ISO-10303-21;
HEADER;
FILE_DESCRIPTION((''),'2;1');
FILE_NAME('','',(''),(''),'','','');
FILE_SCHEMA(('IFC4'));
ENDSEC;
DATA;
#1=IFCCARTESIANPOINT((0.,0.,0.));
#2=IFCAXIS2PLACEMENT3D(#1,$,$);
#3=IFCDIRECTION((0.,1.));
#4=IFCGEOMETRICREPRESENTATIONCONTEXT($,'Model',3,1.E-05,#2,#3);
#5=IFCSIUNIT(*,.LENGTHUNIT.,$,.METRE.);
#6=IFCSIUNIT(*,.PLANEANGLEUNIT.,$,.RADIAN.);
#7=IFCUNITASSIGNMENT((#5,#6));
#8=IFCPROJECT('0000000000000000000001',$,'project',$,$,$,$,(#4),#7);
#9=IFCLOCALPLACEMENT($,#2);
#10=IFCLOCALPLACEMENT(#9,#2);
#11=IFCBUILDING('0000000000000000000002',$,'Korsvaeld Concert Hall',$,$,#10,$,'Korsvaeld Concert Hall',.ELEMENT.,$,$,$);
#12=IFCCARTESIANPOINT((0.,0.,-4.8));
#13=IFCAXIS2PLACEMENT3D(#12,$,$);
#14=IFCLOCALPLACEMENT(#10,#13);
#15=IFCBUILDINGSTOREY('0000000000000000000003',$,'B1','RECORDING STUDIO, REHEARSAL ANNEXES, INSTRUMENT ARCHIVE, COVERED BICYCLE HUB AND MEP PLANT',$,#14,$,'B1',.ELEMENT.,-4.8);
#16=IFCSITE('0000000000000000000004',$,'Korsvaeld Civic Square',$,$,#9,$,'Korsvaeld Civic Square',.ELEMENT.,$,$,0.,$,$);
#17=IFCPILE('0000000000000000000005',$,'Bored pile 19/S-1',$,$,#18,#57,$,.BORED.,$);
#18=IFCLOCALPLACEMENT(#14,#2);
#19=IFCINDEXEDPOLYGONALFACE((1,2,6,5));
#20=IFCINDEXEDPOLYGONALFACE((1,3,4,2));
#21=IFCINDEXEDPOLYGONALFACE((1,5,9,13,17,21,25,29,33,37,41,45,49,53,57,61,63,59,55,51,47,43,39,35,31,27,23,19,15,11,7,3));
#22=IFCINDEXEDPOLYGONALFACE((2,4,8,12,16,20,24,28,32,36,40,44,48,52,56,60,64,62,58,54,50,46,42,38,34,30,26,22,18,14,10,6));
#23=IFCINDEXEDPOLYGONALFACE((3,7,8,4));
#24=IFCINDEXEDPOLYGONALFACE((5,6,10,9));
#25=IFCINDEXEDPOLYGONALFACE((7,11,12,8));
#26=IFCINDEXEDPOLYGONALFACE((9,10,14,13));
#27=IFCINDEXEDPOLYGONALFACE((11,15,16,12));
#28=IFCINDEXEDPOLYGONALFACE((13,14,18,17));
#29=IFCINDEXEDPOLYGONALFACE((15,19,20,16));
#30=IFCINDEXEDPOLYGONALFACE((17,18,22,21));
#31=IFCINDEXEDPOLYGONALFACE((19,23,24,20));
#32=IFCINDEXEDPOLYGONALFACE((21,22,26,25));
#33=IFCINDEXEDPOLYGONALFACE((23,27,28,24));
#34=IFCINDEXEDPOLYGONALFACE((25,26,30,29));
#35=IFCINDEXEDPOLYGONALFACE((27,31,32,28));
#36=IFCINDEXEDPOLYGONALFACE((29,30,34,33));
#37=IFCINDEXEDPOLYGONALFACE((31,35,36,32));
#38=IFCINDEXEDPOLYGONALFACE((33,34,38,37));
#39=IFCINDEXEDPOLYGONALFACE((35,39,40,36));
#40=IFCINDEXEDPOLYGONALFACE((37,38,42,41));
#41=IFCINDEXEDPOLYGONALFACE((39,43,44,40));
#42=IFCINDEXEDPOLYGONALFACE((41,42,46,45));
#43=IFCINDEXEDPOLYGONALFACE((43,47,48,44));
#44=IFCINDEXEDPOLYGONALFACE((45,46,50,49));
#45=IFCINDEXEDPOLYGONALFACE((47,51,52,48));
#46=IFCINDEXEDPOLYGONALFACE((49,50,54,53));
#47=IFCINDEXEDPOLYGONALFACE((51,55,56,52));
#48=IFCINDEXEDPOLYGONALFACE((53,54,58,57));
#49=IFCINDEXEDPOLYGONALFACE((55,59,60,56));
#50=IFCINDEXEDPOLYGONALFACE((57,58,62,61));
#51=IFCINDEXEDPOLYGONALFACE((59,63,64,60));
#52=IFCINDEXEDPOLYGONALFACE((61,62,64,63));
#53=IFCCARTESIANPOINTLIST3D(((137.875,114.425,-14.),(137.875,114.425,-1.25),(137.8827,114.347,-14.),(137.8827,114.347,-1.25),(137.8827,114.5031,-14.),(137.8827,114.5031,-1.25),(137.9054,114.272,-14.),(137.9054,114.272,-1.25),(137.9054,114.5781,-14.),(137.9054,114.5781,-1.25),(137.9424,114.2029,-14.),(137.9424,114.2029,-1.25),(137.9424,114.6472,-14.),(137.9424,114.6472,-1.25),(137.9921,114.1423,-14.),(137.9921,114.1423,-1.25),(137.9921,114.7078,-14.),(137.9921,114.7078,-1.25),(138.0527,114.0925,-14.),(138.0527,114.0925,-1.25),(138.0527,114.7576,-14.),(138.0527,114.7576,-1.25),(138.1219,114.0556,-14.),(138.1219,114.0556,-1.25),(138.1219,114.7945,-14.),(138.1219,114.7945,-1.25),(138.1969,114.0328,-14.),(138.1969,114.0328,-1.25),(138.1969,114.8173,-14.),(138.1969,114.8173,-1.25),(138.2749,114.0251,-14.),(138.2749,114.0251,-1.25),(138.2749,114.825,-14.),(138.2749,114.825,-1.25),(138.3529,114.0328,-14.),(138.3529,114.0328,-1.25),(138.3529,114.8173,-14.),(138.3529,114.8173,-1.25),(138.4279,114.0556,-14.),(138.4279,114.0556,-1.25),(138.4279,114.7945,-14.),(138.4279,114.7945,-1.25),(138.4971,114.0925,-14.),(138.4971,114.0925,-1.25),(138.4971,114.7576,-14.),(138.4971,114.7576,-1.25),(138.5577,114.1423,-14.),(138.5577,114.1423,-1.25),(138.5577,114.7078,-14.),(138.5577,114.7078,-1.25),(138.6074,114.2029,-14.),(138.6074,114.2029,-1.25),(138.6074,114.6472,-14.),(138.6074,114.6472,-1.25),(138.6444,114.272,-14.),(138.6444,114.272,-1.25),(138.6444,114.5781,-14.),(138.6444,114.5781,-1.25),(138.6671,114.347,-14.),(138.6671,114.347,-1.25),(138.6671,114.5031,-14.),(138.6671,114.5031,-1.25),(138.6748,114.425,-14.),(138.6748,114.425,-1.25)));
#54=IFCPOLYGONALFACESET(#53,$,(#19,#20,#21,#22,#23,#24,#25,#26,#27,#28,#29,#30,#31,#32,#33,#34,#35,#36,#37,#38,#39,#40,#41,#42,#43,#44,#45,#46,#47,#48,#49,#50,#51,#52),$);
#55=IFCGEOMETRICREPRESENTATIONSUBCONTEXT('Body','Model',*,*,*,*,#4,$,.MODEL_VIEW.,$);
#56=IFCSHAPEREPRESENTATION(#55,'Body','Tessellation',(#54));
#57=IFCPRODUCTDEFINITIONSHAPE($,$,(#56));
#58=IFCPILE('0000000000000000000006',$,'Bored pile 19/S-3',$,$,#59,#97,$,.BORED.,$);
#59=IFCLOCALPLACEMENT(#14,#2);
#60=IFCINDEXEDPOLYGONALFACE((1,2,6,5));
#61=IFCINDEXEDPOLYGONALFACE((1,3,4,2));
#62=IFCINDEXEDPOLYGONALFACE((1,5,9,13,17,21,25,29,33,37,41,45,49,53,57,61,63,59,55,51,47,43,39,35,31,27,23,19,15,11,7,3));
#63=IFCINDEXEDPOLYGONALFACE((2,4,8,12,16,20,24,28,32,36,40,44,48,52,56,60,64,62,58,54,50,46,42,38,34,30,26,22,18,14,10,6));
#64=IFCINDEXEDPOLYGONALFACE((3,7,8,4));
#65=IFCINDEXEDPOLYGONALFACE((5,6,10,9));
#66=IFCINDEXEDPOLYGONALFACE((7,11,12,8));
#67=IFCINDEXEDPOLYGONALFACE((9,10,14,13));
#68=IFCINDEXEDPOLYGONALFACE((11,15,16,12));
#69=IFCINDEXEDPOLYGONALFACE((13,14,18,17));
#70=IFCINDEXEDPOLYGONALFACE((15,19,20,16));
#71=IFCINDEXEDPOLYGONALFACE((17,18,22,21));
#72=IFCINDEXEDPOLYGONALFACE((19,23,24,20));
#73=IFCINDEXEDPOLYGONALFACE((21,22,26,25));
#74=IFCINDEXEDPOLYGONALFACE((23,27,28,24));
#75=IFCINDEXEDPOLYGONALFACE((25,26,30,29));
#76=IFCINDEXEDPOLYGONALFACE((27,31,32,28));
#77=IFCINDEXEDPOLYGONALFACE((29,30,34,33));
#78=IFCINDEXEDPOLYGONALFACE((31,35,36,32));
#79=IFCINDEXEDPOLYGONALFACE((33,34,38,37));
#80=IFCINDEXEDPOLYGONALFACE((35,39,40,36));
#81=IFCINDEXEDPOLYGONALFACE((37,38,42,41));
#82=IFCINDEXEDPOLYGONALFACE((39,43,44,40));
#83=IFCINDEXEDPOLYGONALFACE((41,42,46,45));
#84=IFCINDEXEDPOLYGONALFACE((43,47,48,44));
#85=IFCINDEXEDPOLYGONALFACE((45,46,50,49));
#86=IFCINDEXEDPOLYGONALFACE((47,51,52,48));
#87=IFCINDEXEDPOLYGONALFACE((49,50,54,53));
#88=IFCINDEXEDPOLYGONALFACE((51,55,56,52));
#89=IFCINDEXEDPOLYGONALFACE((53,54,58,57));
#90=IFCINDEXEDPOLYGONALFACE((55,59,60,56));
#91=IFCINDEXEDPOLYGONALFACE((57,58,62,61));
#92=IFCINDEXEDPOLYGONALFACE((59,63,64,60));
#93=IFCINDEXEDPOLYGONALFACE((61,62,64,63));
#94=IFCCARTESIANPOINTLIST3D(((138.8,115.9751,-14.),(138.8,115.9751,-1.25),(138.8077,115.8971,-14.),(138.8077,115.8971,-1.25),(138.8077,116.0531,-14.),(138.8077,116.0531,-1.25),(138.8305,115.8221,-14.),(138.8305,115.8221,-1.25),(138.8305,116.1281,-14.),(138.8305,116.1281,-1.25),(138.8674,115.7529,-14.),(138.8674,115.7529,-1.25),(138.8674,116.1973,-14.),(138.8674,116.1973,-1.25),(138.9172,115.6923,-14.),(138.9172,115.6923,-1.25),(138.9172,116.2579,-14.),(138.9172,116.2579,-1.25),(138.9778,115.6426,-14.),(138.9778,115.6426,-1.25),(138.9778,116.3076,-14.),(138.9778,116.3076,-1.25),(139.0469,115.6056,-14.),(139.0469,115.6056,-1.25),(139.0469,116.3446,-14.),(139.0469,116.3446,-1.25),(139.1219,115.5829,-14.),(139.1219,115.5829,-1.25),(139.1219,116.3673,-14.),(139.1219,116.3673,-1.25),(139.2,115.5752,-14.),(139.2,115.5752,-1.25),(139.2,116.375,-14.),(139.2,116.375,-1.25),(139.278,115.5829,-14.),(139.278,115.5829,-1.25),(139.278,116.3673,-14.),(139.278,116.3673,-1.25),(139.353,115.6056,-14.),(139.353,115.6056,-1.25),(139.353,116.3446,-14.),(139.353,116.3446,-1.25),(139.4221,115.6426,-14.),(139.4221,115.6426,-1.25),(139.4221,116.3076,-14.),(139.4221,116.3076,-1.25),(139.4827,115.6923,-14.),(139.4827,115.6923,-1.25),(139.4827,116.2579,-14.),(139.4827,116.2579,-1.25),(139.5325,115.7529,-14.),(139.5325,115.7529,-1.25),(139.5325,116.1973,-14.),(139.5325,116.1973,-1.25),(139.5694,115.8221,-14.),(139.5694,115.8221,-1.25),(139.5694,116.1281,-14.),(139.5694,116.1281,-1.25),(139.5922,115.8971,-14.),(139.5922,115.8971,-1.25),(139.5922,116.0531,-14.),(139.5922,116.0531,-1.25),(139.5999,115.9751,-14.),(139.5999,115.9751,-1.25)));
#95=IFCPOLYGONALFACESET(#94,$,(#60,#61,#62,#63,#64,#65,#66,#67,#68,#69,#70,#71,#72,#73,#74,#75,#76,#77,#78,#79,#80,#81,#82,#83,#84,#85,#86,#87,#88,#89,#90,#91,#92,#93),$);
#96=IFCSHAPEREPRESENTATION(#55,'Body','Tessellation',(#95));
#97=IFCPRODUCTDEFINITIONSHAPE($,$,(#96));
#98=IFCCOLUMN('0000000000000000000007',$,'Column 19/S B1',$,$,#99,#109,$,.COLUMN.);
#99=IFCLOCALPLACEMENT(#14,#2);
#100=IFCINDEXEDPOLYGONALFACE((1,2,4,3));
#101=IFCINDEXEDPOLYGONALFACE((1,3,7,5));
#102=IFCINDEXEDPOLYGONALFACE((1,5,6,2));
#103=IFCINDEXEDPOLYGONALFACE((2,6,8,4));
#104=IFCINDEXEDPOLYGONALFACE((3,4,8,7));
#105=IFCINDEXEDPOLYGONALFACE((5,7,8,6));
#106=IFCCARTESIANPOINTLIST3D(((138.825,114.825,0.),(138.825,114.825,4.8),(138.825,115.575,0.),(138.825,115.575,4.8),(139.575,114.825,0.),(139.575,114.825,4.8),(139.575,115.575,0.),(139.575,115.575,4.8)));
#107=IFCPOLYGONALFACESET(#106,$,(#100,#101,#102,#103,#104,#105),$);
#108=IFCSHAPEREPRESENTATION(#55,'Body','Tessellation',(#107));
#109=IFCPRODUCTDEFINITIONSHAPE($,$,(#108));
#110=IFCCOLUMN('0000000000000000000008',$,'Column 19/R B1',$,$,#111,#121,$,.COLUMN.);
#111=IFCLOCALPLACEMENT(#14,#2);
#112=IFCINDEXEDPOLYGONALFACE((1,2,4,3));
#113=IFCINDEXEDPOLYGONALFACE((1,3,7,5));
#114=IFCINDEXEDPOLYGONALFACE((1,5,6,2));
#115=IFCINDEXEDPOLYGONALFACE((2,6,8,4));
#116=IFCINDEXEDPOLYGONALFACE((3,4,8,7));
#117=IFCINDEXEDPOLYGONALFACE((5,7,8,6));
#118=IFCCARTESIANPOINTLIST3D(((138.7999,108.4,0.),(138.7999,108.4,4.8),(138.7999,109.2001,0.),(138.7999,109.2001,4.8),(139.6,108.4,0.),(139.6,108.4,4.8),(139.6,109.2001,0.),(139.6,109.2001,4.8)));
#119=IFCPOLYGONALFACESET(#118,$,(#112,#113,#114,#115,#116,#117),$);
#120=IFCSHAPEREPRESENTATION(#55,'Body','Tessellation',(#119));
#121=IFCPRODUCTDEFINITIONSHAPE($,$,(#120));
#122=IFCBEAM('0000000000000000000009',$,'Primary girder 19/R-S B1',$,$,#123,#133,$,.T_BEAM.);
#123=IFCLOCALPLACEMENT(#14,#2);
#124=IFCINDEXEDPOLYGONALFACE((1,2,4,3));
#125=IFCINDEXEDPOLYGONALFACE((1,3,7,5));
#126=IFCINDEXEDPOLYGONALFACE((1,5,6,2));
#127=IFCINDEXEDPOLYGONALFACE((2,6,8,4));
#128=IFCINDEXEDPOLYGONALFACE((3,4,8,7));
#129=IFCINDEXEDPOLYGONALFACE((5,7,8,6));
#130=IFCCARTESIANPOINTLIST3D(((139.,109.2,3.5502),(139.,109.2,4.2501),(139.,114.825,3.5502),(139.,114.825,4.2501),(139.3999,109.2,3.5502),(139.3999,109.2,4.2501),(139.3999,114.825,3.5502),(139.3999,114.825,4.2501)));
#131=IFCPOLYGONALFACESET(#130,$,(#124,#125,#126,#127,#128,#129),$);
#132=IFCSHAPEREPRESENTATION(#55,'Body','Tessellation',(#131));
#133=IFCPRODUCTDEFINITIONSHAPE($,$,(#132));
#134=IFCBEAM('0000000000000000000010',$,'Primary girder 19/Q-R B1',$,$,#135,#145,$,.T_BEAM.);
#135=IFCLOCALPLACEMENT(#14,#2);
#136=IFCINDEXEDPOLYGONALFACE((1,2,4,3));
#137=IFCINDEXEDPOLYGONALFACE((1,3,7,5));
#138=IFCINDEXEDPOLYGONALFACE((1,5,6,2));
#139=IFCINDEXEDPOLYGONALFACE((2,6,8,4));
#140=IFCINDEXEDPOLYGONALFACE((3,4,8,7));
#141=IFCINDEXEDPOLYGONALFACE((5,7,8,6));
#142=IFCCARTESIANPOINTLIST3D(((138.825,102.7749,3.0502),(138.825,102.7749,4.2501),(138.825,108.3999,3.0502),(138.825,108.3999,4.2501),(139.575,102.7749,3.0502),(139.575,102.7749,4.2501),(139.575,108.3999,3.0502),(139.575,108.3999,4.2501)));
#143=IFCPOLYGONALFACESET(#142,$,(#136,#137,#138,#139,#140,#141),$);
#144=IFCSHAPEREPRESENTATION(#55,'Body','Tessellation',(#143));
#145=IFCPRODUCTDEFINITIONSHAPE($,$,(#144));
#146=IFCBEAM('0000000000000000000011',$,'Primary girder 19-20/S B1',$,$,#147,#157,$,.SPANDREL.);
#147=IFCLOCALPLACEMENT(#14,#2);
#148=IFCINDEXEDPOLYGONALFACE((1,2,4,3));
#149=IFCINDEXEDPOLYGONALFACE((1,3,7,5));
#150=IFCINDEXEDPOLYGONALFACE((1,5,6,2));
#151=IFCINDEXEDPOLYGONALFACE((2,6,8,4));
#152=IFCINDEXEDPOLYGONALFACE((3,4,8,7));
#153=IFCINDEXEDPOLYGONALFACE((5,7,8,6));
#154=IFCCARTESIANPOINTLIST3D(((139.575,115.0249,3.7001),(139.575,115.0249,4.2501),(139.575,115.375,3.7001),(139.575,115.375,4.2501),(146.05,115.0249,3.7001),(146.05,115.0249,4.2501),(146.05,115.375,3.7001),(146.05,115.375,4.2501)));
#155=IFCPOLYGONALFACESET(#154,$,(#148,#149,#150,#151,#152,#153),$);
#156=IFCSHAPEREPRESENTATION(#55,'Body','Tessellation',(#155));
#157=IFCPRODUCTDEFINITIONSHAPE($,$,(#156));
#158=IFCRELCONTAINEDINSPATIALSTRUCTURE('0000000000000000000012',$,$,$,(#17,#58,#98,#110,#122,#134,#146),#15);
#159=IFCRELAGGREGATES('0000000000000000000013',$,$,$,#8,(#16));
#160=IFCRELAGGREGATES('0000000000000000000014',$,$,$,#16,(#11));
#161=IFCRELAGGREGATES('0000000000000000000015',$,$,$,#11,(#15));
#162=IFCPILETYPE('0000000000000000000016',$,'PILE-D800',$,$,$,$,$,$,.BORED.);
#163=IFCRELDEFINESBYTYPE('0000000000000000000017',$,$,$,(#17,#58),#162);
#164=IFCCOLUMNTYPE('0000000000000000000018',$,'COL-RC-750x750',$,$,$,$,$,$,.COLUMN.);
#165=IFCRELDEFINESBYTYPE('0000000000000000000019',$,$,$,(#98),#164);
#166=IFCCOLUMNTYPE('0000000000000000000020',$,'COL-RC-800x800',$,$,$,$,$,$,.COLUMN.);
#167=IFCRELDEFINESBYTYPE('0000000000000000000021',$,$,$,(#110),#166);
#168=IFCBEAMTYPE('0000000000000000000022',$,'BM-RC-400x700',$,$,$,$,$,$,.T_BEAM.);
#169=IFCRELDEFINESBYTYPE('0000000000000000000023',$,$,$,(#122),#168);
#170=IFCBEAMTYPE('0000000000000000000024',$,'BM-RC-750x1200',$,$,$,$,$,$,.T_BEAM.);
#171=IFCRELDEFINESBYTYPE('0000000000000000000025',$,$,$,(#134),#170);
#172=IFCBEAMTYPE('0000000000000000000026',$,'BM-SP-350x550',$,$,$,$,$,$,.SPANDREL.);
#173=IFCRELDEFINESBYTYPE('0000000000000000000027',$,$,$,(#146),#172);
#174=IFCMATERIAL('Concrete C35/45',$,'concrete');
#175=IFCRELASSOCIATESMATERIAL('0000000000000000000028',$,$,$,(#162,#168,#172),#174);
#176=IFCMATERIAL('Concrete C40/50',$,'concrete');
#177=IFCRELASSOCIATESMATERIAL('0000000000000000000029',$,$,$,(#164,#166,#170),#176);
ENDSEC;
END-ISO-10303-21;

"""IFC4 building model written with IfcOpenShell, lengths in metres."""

from ifc_helpers import new_model, si_unit, direction, frame, origin, origin_2d, place, context, subcontext, project, spatial, rectangle, circle, extrude, material, material_profile, profile_set, type_object, element, save


model = new_model("IFC4")

# Units and contexts
model_context = context("Model", 3, precision=1e-05, world=origin(), true_north=direction((0.0, 1.0)))
body_context = subcontext(model_context, "Body", "Model", "MODEL_VIEW")
ifc_project = project(units=[si_unit("LENGTHUNIT", "METRE"), si_unit("PLANEANGLEUNIT", "RADIAN")], contexts=[model_context])

# Site, building, storey
site_placement = place(None, origin())
site = spatial("IfcSite", under=ifc_project, at=site_placement, Name="Korsvaeld Civic Square", LongName="Korsvaeld Civic Square", CompositionType="ELEMENT", RefElevation=0.0)
building_placement = place(site_placement, origin())
building = spatial("IfcBuilding", under=site, at=building_placement, Name="Korsvaeld Concert Hall", LongName="Korsvaeld Concert Hall", CompositionType="ELEMENT")
storey_placement = place(building_placement, frame((0.0, 0.0, -4.8)))
storey = spatial("IfcBuildingStorey", under=building, at=storey_placement, Name="B1", Description="RECORDING STUDIO, REHEARSAL ANNEXES, INSTRUMENT ARCHIVE, COVERED BICYCLE HUB AND MEP PLANT", LongName="B1", CompositionType="ELEMENT", Elevation=-4.8)

# Shared definitions
ifc_material_1 = material(Name="Concrete C35/45", Category="concrete")

# Piles
ifc_material_profile_1 = material_profile(ifc_material_1, circle(Radius=0.3999, at=origin_2d()), Name="BORED PILE D800")
ifc_profile_set_1 = profile_set([ifc_material_profile_1], Name="Concrete C35/45")
pile_type_1 = type_object("IfcPileType", Name="PILE-D800", PredefinedType="BORED", material=ifc_profile_set_1)
for number, where, z_axis, x_axis, name in (
    (1, (138.2749, 114.425, -1.25), (0.0, 0.0, -1.0), (1.0, 0.0, 0.0), "Bored pile 19/S-1"),
    (2, (139.2, 115.9751, -1.25), (0.0, 0.0, -1.0), (1.0, 0.0, 0.0), "Bored pile 19/S-3"),
):
    element("IfcPile", number, at=place(storey_placement, frame(where, z_axis=z_axis, x_axis=x_axis)), inside=storey, type_object=pile_type_1, Name=name, PredefinedType="BORED", context=body_context, shape_type="SweptSolid", body=[
        extrude(circle(Radius=0.3999, at=origin_2d()), origin(), (0.0, 0.0, 1.0), 12.75),
    ])

# Columns
ifc_material_2 = material(Name="Concrete C40/50", Category="concrete")
ifc_material_profile_2 = material_profile(ifc_material_2, rectangle(XDim=0.75, YDim=0.75, at=origin_2d()), Name="RC 750x750")
ifc_profile_set_2 = profile_set([ifc_material_profile_2], Name="Concrete C40/50")
column_type_1 = type_object("IfcColumnType", Name="COL-RC-750x750", PredefinedType="COLUMN", material=ifc_profile_set_2)
column_1_placement = place(storey_placement, frame((139.2, 115.2, 0.0), z_axis=(0.0, 0.0, 1.0), x_axis=(1.0, 0.0, 0.0)))
element("IfcColumn", 3, at=column_1_placement, inside=storey, type_object=column_type_1, Name="Column 19/S B1", PredefinedType="COLUMN", context=body_context, shape_type="SweptSolid", body=[
    extrude(rectangle(XDim=0.75, YDim=0.75, at=origin_2d()), origin(), (0.0, 0.0, 1.0), 4.8),
])
ifc_material_profile_3 = material_profile(ifc_material_2, rectangle(XDim=0.8, YDim=0.8, at=origin_2d()), Name="RC 800x800")
ifc_profile_set_3 = profile_set([ifc_material_profile_3], Name="Concrete C40/50")
column_type_2 = type_object("IfcColumnType", Name="COL-RC-800x800", PredefinedType="COLUMN", material=ifc_profile_set_3)
column_2_placement = place(storey_placement, frame((139.2, 108.8, 0.0), z_axis=(0.0, 0.0, 1.0), x_axis=(1.0, 0.0, 0.0)))
element("IfcColumn", 4, at=column_2_placement, inside=storey, type_object=column_type_2, Name="Column 19/R B1", PredefinedType="COLUMN", context=body_context, shape_type="SweptSolid", body=[
    extrude(rectangle(XDim=0.8, YDim=0.8, at=origin_2d()), origin(), (0.0, 0.0, 1.0), 4.8),
])

# Beams
ifc_material_profile_4 = material_profile(ifc_material_1, rectangle(XDim=0.3999, YDim=0.7, at=origin_2d()), Name="RC 400x700")
ifc_profile_set_4 = profile_set([ifc_material_profile_4], Name="Concrete C35/45")
beam_type_1 = type_object("IfcBeamType", Name="BM-RC-400x700", PredefinedType="T_BEAM", material=ifc_profile_set_4)
beam_1_placement = place(storey_placement, frame((139.2, 109.2, 3.9001), z_axis=(0.0, 1.0, 0.0), x_axis=(-1.0, 0.0, 0.0)))
element("IfcBeam", 5, at=beam_1_placement, inside=storey, type_object=beam_type_1, Name="Primary girder 19/R-S B1", PredefinedType="T_BEAM", context=body_context, shape_type="SweptSolid", body=[
    extrude(rectangle(XDim=0.3999, YDim=0.7, at=origin_2d()), origin(), (0.0, 0.0, 1.0), 5.625),
])
ifc_material_profile_5 = material_profile(ifc_material_2, rectangle(XDim=0.75, YDim=1.2, at=origin_2d()), Name="RC 750x1200")
ifc_profile_set_5 = profile_set([ifc_material_profile_5], Name="Concrete C40/50")
beam_type_2 = type_object("IfcBeamType", Name="BM-RC-750x1200", PredefinedType="T_BEAM", material=ifc_profile_set_5)
beam_2_placement = place(storey_placement, frame((139.2, 102.7749, 3.6501), z_axis=(0.0, 1.0, 0.0), x_axis=(-1.0, 0.0, 0.0)))
element("IfcBeam", 6, at=beam_2_placement, inside=storey, type_object=beam_type_2, Name="Primary girder 19/Q-R B1", PredefinedType="T_BEAM", context=body_context, shape_type="SweptSolid", body=[
    extrude(rectangle(XDim=0.75, YDim=1.2, at=origin_2d()), origin(), (0.0, 0.0, 1.0), 5.625),
])
ifc_material_profile_6 = material_profile(ifc_material_1, rectangle(XDim=0.3501, YDim=0.55, at=origin_2d()), Name="RC 350x550")
ifc_profile_set_6 = profile_set([ifc_material_profile_6], Name="Concrete C35/45")
beam_type_3 = type_object("IfcBeamType", Name="BM-SP-350x550", PredefinedType="SPANDREL", material=ifc_profile_set_6)
beam_3_placement = place(storey_placement, frame((139.575, 115.2, 3.9751), z_axis=(1.0, 0.0, 0.0), x_axis=(0.0, 1.0, 0.0)))
element("IfcBeam", 7, at=beam_3_placement, inside=storey, type_object=beam_type_3, Name="Primary girder 19-20/S B1", PredefinedType="SPANDREL", context=body_context, shape_type="SweptSolid", body=[
    extrude(rectangle(XDim=0.3501, YDim=0.55, at=origin_2d()), origin(), (0.0, 0.0, 1.0), 6.4751),
])

save(model, "model.ifc")
